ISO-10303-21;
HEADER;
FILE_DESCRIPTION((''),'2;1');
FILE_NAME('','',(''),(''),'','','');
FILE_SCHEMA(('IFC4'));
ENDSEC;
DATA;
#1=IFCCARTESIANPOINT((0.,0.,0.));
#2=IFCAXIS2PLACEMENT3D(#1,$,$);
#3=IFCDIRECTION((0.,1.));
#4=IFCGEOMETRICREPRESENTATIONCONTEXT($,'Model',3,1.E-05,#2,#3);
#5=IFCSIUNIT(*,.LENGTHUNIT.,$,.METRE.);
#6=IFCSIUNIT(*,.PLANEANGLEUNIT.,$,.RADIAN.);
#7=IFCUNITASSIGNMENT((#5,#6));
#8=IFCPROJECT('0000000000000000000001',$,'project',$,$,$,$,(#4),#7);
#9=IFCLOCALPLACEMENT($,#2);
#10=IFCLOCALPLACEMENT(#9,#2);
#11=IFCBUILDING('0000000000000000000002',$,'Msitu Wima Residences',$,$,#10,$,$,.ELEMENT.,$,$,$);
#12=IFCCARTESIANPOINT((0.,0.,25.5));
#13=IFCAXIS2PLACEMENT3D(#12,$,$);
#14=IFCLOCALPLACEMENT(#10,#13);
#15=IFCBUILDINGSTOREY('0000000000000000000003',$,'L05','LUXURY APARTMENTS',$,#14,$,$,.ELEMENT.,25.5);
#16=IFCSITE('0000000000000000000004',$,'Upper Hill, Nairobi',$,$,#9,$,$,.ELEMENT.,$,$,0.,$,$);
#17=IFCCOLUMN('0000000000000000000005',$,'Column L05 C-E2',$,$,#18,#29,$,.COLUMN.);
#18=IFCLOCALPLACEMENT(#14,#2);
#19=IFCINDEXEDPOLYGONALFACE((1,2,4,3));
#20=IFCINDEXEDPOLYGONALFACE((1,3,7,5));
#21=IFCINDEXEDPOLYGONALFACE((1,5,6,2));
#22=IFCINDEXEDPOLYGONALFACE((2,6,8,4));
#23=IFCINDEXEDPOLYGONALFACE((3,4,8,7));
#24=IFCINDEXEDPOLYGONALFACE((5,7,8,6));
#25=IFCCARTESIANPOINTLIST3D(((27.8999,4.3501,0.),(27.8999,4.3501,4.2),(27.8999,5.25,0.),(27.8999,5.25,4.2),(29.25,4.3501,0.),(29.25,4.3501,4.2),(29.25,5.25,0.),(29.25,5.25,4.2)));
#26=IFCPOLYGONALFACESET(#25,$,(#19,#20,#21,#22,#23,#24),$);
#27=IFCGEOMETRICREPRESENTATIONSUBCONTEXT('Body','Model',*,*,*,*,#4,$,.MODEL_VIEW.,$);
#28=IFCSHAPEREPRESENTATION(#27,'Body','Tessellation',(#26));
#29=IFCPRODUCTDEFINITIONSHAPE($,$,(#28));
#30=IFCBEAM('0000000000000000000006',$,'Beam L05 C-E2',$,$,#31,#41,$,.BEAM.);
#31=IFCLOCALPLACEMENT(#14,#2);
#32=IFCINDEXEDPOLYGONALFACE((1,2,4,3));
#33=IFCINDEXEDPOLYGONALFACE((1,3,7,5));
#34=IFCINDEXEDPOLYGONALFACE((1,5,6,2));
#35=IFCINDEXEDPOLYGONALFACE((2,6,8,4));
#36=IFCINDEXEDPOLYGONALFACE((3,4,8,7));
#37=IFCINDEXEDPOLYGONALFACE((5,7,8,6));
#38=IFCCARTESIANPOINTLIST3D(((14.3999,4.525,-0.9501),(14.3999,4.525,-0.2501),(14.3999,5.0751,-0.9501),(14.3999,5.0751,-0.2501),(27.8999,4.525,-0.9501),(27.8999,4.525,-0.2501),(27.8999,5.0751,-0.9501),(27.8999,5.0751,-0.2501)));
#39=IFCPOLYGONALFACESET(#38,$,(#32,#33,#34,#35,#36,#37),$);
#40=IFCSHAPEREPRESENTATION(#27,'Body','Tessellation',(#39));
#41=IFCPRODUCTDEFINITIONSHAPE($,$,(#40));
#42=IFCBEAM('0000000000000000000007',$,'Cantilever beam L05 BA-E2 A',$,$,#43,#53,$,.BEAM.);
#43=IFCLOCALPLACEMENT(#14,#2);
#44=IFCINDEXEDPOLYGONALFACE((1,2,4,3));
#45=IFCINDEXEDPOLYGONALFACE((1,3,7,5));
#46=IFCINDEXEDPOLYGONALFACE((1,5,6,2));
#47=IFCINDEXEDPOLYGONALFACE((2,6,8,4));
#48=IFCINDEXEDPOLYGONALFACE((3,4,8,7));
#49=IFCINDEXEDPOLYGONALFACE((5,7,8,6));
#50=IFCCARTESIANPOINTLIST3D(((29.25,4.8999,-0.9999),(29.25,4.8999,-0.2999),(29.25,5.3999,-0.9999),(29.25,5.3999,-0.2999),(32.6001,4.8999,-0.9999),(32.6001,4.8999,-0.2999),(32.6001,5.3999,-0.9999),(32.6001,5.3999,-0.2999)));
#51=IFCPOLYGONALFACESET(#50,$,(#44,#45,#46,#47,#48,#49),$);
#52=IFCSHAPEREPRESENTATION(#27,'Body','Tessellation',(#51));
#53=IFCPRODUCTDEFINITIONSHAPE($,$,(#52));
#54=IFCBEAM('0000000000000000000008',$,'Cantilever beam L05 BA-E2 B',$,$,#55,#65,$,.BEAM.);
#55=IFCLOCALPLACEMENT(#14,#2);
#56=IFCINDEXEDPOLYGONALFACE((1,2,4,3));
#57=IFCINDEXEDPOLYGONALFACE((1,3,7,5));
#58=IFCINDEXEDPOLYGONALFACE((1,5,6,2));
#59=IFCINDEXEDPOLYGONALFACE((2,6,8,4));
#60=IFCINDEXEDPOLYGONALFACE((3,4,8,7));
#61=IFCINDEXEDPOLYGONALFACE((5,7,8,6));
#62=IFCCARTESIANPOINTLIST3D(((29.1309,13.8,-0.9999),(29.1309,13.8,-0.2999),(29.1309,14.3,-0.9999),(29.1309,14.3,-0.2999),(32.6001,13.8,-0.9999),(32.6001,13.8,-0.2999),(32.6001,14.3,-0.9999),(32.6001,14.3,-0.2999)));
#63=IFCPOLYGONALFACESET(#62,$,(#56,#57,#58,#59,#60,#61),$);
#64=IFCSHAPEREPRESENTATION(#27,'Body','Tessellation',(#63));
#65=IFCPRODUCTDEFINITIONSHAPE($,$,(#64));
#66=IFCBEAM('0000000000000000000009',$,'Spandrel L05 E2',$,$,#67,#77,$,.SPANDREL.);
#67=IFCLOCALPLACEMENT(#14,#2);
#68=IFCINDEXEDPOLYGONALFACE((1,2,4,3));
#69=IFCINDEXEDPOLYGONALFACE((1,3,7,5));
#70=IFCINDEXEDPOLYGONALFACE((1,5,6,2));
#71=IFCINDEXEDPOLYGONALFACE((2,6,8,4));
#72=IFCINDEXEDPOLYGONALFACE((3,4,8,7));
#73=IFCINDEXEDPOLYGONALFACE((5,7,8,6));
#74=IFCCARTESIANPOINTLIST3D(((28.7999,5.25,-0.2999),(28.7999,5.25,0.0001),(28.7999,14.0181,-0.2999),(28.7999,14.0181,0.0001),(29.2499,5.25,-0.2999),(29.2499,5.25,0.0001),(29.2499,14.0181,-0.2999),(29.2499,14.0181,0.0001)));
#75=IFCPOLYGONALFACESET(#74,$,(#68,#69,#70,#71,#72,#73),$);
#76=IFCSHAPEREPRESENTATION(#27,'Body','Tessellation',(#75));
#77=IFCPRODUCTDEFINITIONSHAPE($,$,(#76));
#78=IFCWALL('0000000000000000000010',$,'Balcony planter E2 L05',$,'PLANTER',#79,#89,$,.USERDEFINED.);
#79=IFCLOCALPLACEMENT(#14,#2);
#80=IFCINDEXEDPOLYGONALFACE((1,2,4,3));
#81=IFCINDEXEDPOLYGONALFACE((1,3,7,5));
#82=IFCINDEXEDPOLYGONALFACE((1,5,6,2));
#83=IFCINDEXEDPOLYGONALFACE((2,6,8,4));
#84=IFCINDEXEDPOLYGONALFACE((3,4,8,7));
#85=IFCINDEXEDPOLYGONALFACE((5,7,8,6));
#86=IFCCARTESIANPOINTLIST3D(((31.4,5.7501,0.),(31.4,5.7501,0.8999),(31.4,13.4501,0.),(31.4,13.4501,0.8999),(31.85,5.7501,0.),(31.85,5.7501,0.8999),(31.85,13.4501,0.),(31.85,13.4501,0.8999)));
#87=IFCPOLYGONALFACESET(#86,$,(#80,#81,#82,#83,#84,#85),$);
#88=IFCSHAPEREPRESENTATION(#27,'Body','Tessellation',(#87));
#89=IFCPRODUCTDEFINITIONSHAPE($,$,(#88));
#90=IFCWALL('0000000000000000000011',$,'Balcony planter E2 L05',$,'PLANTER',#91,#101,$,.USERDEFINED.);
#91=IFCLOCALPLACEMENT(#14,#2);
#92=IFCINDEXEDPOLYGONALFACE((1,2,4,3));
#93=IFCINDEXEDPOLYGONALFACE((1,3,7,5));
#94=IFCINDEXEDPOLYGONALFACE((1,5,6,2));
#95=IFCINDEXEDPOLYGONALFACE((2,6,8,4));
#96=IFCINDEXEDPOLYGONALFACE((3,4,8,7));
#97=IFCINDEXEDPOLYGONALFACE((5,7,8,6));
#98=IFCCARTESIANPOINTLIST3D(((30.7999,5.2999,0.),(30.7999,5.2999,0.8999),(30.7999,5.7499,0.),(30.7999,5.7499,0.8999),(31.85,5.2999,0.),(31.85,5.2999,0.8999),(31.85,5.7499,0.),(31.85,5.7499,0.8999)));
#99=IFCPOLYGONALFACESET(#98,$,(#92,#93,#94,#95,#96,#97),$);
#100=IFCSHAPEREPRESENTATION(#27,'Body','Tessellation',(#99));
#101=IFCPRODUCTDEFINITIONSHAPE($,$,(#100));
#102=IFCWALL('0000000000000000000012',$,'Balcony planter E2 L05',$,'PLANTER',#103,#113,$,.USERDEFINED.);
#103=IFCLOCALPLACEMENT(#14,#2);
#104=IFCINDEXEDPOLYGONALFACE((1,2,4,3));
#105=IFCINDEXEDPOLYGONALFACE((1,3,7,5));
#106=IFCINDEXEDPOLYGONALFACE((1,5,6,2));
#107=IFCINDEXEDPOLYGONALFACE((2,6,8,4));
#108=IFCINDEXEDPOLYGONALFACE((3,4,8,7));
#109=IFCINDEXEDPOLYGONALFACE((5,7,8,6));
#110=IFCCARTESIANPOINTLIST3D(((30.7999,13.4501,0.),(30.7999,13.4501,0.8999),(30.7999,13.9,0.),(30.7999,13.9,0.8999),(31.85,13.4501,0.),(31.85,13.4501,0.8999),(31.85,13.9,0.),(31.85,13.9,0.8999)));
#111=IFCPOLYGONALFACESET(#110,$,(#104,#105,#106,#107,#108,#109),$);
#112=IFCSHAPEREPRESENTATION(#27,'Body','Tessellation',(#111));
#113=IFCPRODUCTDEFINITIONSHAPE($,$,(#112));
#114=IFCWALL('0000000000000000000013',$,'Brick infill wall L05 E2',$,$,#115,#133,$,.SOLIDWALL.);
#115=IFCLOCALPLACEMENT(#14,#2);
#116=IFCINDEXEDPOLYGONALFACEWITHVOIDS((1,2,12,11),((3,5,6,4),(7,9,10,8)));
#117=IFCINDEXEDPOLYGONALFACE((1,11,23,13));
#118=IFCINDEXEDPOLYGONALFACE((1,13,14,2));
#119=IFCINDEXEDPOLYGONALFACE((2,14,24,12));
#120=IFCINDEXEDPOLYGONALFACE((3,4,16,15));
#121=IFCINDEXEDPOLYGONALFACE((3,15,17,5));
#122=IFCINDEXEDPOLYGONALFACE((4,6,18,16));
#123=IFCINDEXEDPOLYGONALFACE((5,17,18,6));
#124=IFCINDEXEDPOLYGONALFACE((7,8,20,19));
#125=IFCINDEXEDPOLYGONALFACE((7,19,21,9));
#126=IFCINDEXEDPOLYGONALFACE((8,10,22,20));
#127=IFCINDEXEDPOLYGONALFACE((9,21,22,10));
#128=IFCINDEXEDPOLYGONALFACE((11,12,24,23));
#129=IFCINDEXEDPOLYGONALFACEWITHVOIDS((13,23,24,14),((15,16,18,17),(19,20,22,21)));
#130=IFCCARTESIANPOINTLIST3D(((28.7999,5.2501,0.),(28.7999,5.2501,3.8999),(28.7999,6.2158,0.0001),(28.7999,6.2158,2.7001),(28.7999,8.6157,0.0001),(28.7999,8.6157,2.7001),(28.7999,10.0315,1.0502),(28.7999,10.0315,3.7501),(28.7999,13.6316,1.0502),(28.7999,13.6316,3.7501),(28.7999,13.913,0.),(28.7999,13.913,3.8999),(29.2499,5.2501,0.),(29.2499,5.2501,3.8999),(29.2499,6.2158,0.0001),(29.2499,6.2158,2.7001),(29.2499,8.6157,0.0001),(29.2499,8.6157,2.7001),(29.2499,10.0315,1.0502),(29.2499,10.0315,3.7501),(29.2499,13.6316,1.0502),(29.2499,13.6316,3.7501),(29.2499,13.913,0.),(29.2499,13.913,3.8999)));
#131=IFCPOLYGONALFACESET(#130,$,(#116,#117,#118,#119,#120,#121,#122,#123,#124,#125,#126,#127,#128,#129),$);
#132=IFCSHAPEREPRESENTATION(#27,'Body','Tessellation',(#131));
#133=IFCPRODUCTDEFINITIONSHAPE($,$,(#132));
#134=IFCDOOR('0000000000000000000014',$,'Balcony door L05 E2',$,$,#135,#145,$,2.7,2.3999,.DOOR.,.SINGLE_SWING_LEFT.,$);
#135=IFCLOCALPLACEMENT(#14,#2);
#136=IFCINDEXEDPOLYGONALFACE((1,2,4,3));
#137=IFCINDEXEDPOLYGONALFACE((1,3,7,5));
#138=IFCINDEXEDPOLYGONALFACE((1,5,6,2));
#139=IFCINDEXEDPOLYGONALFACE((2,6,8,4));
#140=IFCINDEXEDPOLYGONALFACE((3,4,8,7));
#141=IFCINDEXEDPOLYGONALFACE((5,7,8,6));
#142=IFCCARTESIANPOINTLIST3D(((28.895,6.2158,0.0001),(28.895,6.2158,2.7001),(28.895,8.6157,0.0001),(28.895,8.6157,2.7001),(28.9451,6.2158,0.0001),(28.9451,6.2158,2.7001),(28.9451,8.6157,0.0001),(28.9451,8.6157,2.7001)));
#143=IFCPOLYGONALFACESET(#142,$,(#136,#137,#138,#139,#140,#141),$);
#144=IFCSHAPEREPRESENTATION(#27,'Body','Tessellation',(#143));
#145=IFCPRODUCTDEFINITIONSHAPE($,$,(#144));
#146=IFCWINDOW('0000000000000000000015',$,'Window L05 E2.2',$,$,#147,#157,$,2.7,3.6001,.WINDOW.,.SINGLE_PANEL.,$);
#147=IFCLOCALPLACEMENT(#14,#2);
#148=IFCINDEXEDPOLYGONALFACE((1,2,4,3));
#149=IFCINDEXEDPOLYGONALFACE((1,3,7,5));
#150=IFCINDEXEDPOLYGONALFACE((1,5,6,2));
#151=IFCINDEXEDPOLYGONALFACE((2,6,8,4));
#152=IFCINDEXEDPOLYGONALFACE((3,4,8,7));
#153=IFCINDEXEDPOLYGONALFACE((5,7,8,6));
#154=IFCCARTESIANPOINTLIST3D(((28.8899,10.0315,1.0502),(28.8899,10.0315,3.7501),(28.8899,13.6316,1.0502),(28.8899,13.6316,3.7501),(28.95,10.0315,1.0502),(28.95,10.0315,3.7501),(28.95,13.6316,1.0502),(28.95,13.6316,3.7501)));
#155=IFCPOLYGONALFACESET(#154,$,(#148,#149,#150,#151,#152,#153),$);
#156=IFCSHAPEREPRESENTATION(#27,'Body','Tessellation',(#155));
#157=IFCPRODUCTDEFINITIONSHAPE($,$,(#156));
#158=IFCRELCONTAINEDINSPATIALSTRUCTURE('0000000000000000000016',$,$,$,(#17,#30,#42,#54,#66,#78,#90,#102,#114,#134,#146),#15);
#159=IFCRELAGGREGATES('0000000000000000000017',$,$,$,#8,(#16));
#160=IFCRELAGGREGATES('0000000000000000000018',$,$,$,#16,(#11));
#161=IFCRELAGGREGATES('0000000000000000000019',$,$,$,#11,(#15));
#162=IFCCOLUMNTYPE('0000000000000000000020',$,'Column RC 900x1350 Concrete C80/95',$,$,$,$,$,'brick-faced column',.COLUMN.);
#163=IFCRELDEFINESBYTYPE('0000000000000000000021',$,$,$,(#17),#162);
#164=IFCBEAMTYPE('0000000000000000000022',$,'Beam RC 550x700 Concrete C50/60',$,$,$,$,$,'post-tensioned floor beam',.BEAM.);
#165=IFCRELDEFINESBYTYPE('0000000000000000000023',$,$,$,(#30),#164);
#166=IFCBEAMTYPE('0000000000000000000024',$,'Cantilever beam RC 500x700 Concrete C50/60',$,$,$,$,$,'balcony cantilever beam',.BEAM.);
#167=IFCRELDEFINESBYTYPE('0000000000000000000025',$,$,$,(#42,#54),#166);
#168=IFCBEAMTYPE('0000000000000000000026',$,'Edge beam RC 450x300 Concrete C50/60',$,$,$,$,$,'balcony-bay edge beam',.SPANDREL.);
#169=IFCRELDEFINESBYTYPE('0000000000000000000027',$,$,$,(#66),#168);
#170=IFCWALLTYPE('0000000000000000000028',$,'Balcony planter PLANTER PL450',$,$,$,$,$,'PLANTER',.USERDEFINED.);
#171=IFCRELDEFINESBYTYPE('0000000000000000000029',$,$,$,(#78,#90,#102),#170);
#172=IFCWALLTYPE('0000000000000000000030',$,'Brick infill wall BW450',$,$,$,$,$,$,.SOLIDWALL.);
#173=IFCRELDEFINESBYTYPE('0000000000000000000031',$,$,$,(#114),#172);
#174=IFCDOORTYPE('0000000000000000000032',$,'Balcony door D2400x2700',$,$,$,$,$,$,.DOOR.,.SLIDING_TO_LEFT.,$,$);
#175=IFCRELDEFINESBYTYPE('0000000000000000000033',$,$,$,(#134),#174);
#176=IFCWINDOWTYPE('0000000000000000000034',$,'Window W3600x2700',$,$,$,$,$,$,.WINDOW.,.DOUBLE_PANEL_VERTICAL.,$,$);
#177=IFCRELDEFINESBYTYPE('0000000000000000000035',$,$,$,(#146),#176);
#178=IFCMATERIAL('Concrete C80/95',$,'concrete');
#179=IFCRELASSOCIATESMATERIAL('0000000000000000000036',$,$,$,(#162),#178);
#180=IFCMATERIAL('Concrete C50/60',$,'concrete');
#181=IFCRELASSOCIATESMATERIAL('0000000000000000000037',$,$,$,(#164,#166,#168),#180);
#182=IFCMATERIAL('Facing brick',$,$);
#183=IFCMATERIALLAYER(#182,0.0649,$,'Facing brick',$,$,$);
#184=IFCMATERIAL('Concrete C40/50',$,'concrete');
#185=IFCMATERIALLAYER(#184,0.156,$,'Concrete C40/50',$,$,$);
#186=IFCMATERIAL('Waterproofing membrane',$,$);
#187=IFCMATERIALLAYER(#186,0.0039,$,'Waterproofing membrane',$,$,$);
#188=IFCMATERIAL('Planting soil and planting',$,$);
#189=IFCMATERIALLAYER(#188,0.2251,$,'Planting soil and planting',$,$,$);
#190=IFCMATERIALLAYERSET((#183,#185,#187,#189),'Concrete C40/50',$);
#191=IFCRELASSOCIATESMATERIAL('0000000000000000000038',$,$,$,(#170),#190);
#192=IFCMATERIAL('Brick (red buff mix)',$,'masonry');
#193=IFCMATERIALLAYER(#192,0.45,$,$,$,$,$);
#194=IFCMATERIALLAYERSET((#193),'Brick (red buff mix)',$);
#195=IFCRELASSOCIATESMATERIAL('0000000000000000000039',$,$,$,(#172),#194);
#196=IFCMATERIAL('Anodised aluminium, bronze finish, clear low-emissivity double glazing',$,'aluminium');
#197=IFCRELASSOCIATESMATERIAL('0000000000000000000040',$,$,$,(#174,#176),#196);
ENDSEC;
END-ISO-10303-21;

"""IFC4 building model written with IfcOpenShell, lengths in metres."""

from ifc_helpers import new_model, si_unit, direction, frame, frame_2d, origin, origin_2d, place, context, subcontext, project, spatial, rectangle, extrude, material, layer, layer_set, material_profile, profile_set, type_object, element, fill, save


model = new_model("IFC4")

# Units and contexts
model_context = context("Model", 3, precision=1e-05, world=origin(), true_north=direction((0.0, 1.0)))
body_context = subcontext(model_context, "Body", "Model", "MODEL_VIEW")
ifc_project = project(units=[si_unit("LENGTHUNIT", "METRE"), si_unit("PLANEANGLEUNIT", "RADIAN")], contexts=[model_context])

# Site, building, storey
site_placement = place(None, origin())
site = spatial("IfcSite", under=ifc_project, at=site_placement, Name="Upper Hill, Nairobi", CompositionType="ELEMENT", RefElevation=0.0)
building_placement = place(site_placement, origin())
building = spatial("IfcBuilding", under=site, at=building_placement, Name="Msitu Wima Residences", CompositionType="ELEMENT")
storey_placement = place(building_placement, frame((0.0, 0.0, 25.5)))
storey = spatial("IfcBuildingStorey", under=building, at=storey_placement, Name="L05", Description="LUXURY APARTMENTS", CompositionType="ELEMENT", Elevation=25.5)

# Column
ifc_material_1 = material(Name="Concrete C80/95", Category="concrete")
ifc_material_profile_1 = material_profile(ifc_material_1, rectangle(XDim=0.8999, YDim=1.3501, at=origin_2d()), Name="RC 900x1350")
ifc_profile_set_1 = profile_set([ifc_material_profile_1], Name="Concrete C80/95")
column_type = type_object("IfcColumnType", Name="Column RC 900x1350 Concrete C80/95", ElementType="brick-faced column", PredefinedType="COLUMN", material=ifc_profile_set_1)
column_placement = place(storey_placement, frame((28.575, 4.8, 0.0), z_axis=(0.0, 0.0, 1.0), x_axis=(0.0, 1.0, 0.0)))
element("IfcColumn", 1, at=column_placement, inside=storey, type_object=column_type, Name="Column L05 C-E2", PredefinedType="COLUMN", context=body_context, shape_type="SweptSolid", body=[
    extrude(rectangle(XDim=0.8999, YDim=1.3501, at=origin_2d()), origin(), (0.0, 0.0, 1.0), 4.2),
])

# Beams
ifc_material_2 = material(Name="Concrete C50/60", Category="concrete")
ifc_material_profile_2 = material_profile(ifc_material_2, rectangle(XDim=0.55, YDim=0.7, at=origin_2d()), Name="RC 550x700")
ifc_profile_set_2 = profile_set([ifc_material_profile_2], Name="Concrete C50/60")
beam_type_1 = type_object("IfcBeamType", Name="Beam RC 550x700 Concrete C50/60", ElementType="post-tensioned floor beam", PredefinedType="BEAM", material=ifc_profile_set_2)
beam_1_placement = place(storey_placement, frame((27.8999, 4.8, -0.6001), z_axis=(-1.0, 0.0, 0.0), x_axis=(0.0, -1.0, 0.0)))
element("IfcBeam", 2, at=beam_1_placement, inside=storey, type_object=beam_type_1, Name="Beam L05 C-E2", PredefinedType="BEAM", context=body_context, shape_type="SweptSolid", body=[
    extrude(rectangle(XDim=0.55, YDim=0.7, at=origin_2d()), origin(), (0.0, 0.0, 1.0), 13.5),
])
ifc_material_profile_3 = material_profile(ifc_material_2, rectangle(XDim=0.5, YDim=0.7, at=origin_2d()), Name="RC 500x700")
ifc_profile_set_3 = profile_set([ifc_material_profile_3], Name="Concrete C50/60")
beam_type_2 = type_object("IfcBeamType", Name="Cantilever beam RC 500x700 Concrete C50/60", ElementType="balcony cantilever beam", PredefinedType="BEAM", material=ifc_profile_set_3)
beam_2_placement = place(storey_placement, frame((29.25, 5.1499, -0.6499), z_axis=(1.0, 0.0, 0.0), x_axis=(0.0, 1.0, 0.0)))
element("IfcBeam", 3, at=beam_2_placement, inside=storey, type_object=beam_type_2, Name="Cantilever beam L05 BA-E2 A", PredefinedType="BEAM", context=body_context, shape_type="SweptSolid", body=[
    extrude(rectangle(XDim=0.5, YDim=0.7, at=origin_2d()), origin(), (0.0, 0.0, 1.0), 3.3501),
])
beam_3_placement = place(storey_placement, frame((29.1309, 14.05, -0.6499), z_axis=(1.0, 0.0, 0.0), x_axis=(0.0, 1.0, 0.0)))
element("IfcBeam", 4, at=beam_3_placement, inside=storey, type_object=beam_type_2, Name="Cantilever beam L05 BA-E2 B", PredefinedType="BEAM", context=body_context, shape_type="SweptSolid", body=[
    extrude(rectangle(XDim=0.5, YDim=0.7, at=origin_2d()), origin(), (0.0, 0.0, 1.0), 3.4692),
])
ifc_material_profile_4 = material_profile(ifc_material_2, rectangle(XDim=0.45, YDim=0.3, at=origin_2d()), Name="RC 450x300")
ifc_profile_set_4 = profile_set([ifc_material_profile_4], Name="Concrete C50/60")
beam_type_3 = type_object("IfcBeamType", Name="Edge beam RC 450x300 Concrete C50/60", ElementType="balcony-bay edge beam", PredefinedType="SPANDREL", material=ifc_profile_set_4)
beam_4_placement = place(storey_placement, frame((29.0249, 5.25, -0.1499), z_axis=(0.0, 1.0, 0.0), x_axis=(-1.0, 0.0, 0.0)))
element("IfcBeam", 5, at=beam_4_placement, inside=storey, type_object=beam_type_3, Name="Spandrel L05 E2", PredefinedType="SPANDREL", context=body_context, shape_type="SweptSolid", body=[
    extrude(rectangle(XDim=0.45, YDim=0.3, at=origin_2d()), origin(), (0.0, 0.0, 1.0), 8.7681),
])

# Walls
ifc_material_3 = material(Name="Facing brick")
ifc_layer_1 = layer(ifc_material_3, 0.0649, Name="Facing brick")
ifc_material_4 = material(Name="Concrete C40/50", Category="concrete")
ifc_layer_2 = layer(ifc_material_4, 0.156, Name="Concrete C40/50")
ifc_material_5 = material(Name="Waterproofing membrane")
ifc_layer_3 = layer(ifc_material_5, 0.0039, Name="Waterproofing membrane")
ifc_material_6 = material(Name="Planting soil and planting")
ifc_layer_4 = layer(ifc_material_6, 0.2251, Name="Planting soil and planting")
ifc_layer_set_1 = layer_set([ifc_layer_1, ifc_layer_2, ifc_layer_3, ifc_layer_4], Name="Concrete C40/50")
wall_type_1 = type_object("IfcWallType", Name="Balcony planter PLANTER PL450", ElementType="PLANTER", PredefinedType="USERDEFINED", material=ifc_layer_set_1)
wall_1_placement = place(storey_placement, frame((31.625, 5.75, 0.0), z_axis=(0.0, 0.0, 1.0), x_axis=(0.0, 1.0, 0.0)))
element("IfcWall", 6, at=wall_1_placement, inside=storey, type_object=wall_type_1, Name="Balcony planter E2 L05", ObjectType="PLANTER", PredefinedType="USERDEFINED", context=body_context, shape_type="SweptSolid", body=[
    extrude(rectangle(XDim=7.7, YDim=0.45, at=frame_2d((3.8501, 0.0))), origin(), (0.0, 0.0, 1.0), 0.8999),
])
for number, where, z_axis, x_axis, name in (
    (7, (30.8, 5.5249, 0.0), (0.0, 0.0, 1.0), (1.0, 0.0, 0.0), "Balcony planter E2 L05"),
    (8, (30.8, 13.675, 0.0), (0.0, 0.0, 1.0), (1.0, 0.0, 0.0), "Balcony planter E2 L05"),
):
    element("IfcWall", number, at=place(storey_placement, frame(where, z_axis=z_axis, x_axis=x_axis)), inside=storey, type_object=wall_type_1, Name=name, ObjectType="PLANTER", PredefinedType="USERDEFINED", context=body_context, shape_type="SweptSolid", body=[
        extrude(rectangle(XDim=1.05, YDim=0.45, at=frame_2d((0.5249, 0.0))), origin(), (0.0, 0.0, 1.0), 0.8999),
    ])

# Wall, openings, door, window
ifc_material_7 = material(Name="Brick (red buff mix)", Category="masonry")
ifc_layer_5 = layer(ifc_material_7, 0.45)
ifc_layer_set_2 = layer_set([ifc_layer_5], Name="Brick (red buff mix)")
wall_type_2 = type_object("IfcWallType", Name="Brick infill wall BW450", PredefinedType="SOLIDWALL", material=ifc_layer_set_2)
wall_2_placement = place(storey_placement, frame((29.0249, 5.25, 0.0), z_axis=(0.0, 0.0, 1.0), x_axis=(0.0, 1.0, 0.0)))
wall_2 = element("IfcWall", 9, at=wall_2_placement, inside=storey, type_object=wall_type_2, Name="Brick infill wall L05 E2", PredefinedType="SOLIDWALL", context=body_context, shape_type="SweptSolid", body=[
    extrude(rectangle(XDim=8.6628, YDim=0.45, at=frame_2d((4.3315, 0.0))), origin(), (0.0, 0.0, 1.0), 3.8999),
])
opening_1_placement = place(wall_2_placement, frame((0.9658, 0.0, 0.0)))
opening_1 = element("IfcOpeningElement", 10, at=opening_1_placement, cuts=wall_2, PredefinedType="OPENING", context=body_context, shape_type="SweptSolid", body=[
    extrude(rectangle(XDim=2.3999, YDim=2.7, at=frame_2d((1.2, 1.3501))), frame((0.0, 0.2349, 0.0), z_axis=(0.0, -1.0, 0.0), x_axis=(1.0, 0.0, 0.0)), (0.0, 0.0, 1.0), 0.47),
])
opening_2_placement = place(wall_2_placement, frame((4.7815, 0.0, 1.05)))
opening_2 = element("IfcOpeningElement", 11, at=opening_2_placement, cuts=wall_2, PredefinedType="OPENING", context=body_context, shape_type="SweptSolid", body=[
    extrude(rectangle(XDim=3.6001, YDim=2.7, at=frame_2d((1.8, 1.3501))), frame((0.0, 0.2349, 0.0), z_axis=(0.0, -1.0, 0.0), x_axis=(1.0, 0.0, 0.0)), (0.0, 0.0, 1.0), 0.47),
])
ifc_material_8 = material(Name="Anodised aluminium, bronze finish, clear low-emissivity double glazing", Category="aluminium")
door_type_1 = type_object("IfcDoorType", Name="Balcony door D2400x2700", OperationType="SLIDING_TO_LEFT", PredefinedType="DOOR", material=ifc_material_8)
door_1_placement = place(opening_1_placement, origin())
door_1 = element("IfcDoor", 12, at=door_1_placement, inside=storey, type_object=door_type_1, Name="Balcony door L05 E2", OperationType="SINGLE_SWING_LEFT", OverallHeight=2.7, OverallWidth=2.3999, PredefinedType="DOOR", context=body_context, shape_type="SweptSolid", body=[
    extrude(rectangle(XDim=2.3999, YDim=2.7, at=frame_2d((1.2, 1.3501))), frame((0.0, 0.1299, 0.0), z_axis=(0.0, -1.0, 0.0), x_axis=(1.0, 0.0, 0.0)), (0.0, 0.0, 1.0), 0.05),
])
fill(opening_1, door_1)
window_type = type_object("IfcWindowType", Name="Window W3600x2700", PartitioningType="DOUBLE_PANEL_VERTICAL", PredefinedType="WINDOW", material=ifc_material_8)
window_placement = place(opening_2_placement, origin())
window = element("IfcWindow", 13, at=window_placement, inside=storey, type_object=window_type, Name="Window L05 E2.2", OverallHeight=2.7, OverallWidth=3.6001, PartitioningType="SINGLE_PANEL", PredefinedType="WINDOW", context=body_context, shape_type="SweptSolid", body=[
    extrude(rectangle(XDim=3.6001, YDim=2.7, at=frame_2d((1.8, 1.3501))), frame((0.0, 0.135, 0.0), z_axis=(0.0, -1.0, 0.0), x_axis=(1.0, 0.0, 0.0)), (0.0, 0.0, 1.0), 0.0601),
])
fill(opening_2, window)

save(model, "model.ifc")
